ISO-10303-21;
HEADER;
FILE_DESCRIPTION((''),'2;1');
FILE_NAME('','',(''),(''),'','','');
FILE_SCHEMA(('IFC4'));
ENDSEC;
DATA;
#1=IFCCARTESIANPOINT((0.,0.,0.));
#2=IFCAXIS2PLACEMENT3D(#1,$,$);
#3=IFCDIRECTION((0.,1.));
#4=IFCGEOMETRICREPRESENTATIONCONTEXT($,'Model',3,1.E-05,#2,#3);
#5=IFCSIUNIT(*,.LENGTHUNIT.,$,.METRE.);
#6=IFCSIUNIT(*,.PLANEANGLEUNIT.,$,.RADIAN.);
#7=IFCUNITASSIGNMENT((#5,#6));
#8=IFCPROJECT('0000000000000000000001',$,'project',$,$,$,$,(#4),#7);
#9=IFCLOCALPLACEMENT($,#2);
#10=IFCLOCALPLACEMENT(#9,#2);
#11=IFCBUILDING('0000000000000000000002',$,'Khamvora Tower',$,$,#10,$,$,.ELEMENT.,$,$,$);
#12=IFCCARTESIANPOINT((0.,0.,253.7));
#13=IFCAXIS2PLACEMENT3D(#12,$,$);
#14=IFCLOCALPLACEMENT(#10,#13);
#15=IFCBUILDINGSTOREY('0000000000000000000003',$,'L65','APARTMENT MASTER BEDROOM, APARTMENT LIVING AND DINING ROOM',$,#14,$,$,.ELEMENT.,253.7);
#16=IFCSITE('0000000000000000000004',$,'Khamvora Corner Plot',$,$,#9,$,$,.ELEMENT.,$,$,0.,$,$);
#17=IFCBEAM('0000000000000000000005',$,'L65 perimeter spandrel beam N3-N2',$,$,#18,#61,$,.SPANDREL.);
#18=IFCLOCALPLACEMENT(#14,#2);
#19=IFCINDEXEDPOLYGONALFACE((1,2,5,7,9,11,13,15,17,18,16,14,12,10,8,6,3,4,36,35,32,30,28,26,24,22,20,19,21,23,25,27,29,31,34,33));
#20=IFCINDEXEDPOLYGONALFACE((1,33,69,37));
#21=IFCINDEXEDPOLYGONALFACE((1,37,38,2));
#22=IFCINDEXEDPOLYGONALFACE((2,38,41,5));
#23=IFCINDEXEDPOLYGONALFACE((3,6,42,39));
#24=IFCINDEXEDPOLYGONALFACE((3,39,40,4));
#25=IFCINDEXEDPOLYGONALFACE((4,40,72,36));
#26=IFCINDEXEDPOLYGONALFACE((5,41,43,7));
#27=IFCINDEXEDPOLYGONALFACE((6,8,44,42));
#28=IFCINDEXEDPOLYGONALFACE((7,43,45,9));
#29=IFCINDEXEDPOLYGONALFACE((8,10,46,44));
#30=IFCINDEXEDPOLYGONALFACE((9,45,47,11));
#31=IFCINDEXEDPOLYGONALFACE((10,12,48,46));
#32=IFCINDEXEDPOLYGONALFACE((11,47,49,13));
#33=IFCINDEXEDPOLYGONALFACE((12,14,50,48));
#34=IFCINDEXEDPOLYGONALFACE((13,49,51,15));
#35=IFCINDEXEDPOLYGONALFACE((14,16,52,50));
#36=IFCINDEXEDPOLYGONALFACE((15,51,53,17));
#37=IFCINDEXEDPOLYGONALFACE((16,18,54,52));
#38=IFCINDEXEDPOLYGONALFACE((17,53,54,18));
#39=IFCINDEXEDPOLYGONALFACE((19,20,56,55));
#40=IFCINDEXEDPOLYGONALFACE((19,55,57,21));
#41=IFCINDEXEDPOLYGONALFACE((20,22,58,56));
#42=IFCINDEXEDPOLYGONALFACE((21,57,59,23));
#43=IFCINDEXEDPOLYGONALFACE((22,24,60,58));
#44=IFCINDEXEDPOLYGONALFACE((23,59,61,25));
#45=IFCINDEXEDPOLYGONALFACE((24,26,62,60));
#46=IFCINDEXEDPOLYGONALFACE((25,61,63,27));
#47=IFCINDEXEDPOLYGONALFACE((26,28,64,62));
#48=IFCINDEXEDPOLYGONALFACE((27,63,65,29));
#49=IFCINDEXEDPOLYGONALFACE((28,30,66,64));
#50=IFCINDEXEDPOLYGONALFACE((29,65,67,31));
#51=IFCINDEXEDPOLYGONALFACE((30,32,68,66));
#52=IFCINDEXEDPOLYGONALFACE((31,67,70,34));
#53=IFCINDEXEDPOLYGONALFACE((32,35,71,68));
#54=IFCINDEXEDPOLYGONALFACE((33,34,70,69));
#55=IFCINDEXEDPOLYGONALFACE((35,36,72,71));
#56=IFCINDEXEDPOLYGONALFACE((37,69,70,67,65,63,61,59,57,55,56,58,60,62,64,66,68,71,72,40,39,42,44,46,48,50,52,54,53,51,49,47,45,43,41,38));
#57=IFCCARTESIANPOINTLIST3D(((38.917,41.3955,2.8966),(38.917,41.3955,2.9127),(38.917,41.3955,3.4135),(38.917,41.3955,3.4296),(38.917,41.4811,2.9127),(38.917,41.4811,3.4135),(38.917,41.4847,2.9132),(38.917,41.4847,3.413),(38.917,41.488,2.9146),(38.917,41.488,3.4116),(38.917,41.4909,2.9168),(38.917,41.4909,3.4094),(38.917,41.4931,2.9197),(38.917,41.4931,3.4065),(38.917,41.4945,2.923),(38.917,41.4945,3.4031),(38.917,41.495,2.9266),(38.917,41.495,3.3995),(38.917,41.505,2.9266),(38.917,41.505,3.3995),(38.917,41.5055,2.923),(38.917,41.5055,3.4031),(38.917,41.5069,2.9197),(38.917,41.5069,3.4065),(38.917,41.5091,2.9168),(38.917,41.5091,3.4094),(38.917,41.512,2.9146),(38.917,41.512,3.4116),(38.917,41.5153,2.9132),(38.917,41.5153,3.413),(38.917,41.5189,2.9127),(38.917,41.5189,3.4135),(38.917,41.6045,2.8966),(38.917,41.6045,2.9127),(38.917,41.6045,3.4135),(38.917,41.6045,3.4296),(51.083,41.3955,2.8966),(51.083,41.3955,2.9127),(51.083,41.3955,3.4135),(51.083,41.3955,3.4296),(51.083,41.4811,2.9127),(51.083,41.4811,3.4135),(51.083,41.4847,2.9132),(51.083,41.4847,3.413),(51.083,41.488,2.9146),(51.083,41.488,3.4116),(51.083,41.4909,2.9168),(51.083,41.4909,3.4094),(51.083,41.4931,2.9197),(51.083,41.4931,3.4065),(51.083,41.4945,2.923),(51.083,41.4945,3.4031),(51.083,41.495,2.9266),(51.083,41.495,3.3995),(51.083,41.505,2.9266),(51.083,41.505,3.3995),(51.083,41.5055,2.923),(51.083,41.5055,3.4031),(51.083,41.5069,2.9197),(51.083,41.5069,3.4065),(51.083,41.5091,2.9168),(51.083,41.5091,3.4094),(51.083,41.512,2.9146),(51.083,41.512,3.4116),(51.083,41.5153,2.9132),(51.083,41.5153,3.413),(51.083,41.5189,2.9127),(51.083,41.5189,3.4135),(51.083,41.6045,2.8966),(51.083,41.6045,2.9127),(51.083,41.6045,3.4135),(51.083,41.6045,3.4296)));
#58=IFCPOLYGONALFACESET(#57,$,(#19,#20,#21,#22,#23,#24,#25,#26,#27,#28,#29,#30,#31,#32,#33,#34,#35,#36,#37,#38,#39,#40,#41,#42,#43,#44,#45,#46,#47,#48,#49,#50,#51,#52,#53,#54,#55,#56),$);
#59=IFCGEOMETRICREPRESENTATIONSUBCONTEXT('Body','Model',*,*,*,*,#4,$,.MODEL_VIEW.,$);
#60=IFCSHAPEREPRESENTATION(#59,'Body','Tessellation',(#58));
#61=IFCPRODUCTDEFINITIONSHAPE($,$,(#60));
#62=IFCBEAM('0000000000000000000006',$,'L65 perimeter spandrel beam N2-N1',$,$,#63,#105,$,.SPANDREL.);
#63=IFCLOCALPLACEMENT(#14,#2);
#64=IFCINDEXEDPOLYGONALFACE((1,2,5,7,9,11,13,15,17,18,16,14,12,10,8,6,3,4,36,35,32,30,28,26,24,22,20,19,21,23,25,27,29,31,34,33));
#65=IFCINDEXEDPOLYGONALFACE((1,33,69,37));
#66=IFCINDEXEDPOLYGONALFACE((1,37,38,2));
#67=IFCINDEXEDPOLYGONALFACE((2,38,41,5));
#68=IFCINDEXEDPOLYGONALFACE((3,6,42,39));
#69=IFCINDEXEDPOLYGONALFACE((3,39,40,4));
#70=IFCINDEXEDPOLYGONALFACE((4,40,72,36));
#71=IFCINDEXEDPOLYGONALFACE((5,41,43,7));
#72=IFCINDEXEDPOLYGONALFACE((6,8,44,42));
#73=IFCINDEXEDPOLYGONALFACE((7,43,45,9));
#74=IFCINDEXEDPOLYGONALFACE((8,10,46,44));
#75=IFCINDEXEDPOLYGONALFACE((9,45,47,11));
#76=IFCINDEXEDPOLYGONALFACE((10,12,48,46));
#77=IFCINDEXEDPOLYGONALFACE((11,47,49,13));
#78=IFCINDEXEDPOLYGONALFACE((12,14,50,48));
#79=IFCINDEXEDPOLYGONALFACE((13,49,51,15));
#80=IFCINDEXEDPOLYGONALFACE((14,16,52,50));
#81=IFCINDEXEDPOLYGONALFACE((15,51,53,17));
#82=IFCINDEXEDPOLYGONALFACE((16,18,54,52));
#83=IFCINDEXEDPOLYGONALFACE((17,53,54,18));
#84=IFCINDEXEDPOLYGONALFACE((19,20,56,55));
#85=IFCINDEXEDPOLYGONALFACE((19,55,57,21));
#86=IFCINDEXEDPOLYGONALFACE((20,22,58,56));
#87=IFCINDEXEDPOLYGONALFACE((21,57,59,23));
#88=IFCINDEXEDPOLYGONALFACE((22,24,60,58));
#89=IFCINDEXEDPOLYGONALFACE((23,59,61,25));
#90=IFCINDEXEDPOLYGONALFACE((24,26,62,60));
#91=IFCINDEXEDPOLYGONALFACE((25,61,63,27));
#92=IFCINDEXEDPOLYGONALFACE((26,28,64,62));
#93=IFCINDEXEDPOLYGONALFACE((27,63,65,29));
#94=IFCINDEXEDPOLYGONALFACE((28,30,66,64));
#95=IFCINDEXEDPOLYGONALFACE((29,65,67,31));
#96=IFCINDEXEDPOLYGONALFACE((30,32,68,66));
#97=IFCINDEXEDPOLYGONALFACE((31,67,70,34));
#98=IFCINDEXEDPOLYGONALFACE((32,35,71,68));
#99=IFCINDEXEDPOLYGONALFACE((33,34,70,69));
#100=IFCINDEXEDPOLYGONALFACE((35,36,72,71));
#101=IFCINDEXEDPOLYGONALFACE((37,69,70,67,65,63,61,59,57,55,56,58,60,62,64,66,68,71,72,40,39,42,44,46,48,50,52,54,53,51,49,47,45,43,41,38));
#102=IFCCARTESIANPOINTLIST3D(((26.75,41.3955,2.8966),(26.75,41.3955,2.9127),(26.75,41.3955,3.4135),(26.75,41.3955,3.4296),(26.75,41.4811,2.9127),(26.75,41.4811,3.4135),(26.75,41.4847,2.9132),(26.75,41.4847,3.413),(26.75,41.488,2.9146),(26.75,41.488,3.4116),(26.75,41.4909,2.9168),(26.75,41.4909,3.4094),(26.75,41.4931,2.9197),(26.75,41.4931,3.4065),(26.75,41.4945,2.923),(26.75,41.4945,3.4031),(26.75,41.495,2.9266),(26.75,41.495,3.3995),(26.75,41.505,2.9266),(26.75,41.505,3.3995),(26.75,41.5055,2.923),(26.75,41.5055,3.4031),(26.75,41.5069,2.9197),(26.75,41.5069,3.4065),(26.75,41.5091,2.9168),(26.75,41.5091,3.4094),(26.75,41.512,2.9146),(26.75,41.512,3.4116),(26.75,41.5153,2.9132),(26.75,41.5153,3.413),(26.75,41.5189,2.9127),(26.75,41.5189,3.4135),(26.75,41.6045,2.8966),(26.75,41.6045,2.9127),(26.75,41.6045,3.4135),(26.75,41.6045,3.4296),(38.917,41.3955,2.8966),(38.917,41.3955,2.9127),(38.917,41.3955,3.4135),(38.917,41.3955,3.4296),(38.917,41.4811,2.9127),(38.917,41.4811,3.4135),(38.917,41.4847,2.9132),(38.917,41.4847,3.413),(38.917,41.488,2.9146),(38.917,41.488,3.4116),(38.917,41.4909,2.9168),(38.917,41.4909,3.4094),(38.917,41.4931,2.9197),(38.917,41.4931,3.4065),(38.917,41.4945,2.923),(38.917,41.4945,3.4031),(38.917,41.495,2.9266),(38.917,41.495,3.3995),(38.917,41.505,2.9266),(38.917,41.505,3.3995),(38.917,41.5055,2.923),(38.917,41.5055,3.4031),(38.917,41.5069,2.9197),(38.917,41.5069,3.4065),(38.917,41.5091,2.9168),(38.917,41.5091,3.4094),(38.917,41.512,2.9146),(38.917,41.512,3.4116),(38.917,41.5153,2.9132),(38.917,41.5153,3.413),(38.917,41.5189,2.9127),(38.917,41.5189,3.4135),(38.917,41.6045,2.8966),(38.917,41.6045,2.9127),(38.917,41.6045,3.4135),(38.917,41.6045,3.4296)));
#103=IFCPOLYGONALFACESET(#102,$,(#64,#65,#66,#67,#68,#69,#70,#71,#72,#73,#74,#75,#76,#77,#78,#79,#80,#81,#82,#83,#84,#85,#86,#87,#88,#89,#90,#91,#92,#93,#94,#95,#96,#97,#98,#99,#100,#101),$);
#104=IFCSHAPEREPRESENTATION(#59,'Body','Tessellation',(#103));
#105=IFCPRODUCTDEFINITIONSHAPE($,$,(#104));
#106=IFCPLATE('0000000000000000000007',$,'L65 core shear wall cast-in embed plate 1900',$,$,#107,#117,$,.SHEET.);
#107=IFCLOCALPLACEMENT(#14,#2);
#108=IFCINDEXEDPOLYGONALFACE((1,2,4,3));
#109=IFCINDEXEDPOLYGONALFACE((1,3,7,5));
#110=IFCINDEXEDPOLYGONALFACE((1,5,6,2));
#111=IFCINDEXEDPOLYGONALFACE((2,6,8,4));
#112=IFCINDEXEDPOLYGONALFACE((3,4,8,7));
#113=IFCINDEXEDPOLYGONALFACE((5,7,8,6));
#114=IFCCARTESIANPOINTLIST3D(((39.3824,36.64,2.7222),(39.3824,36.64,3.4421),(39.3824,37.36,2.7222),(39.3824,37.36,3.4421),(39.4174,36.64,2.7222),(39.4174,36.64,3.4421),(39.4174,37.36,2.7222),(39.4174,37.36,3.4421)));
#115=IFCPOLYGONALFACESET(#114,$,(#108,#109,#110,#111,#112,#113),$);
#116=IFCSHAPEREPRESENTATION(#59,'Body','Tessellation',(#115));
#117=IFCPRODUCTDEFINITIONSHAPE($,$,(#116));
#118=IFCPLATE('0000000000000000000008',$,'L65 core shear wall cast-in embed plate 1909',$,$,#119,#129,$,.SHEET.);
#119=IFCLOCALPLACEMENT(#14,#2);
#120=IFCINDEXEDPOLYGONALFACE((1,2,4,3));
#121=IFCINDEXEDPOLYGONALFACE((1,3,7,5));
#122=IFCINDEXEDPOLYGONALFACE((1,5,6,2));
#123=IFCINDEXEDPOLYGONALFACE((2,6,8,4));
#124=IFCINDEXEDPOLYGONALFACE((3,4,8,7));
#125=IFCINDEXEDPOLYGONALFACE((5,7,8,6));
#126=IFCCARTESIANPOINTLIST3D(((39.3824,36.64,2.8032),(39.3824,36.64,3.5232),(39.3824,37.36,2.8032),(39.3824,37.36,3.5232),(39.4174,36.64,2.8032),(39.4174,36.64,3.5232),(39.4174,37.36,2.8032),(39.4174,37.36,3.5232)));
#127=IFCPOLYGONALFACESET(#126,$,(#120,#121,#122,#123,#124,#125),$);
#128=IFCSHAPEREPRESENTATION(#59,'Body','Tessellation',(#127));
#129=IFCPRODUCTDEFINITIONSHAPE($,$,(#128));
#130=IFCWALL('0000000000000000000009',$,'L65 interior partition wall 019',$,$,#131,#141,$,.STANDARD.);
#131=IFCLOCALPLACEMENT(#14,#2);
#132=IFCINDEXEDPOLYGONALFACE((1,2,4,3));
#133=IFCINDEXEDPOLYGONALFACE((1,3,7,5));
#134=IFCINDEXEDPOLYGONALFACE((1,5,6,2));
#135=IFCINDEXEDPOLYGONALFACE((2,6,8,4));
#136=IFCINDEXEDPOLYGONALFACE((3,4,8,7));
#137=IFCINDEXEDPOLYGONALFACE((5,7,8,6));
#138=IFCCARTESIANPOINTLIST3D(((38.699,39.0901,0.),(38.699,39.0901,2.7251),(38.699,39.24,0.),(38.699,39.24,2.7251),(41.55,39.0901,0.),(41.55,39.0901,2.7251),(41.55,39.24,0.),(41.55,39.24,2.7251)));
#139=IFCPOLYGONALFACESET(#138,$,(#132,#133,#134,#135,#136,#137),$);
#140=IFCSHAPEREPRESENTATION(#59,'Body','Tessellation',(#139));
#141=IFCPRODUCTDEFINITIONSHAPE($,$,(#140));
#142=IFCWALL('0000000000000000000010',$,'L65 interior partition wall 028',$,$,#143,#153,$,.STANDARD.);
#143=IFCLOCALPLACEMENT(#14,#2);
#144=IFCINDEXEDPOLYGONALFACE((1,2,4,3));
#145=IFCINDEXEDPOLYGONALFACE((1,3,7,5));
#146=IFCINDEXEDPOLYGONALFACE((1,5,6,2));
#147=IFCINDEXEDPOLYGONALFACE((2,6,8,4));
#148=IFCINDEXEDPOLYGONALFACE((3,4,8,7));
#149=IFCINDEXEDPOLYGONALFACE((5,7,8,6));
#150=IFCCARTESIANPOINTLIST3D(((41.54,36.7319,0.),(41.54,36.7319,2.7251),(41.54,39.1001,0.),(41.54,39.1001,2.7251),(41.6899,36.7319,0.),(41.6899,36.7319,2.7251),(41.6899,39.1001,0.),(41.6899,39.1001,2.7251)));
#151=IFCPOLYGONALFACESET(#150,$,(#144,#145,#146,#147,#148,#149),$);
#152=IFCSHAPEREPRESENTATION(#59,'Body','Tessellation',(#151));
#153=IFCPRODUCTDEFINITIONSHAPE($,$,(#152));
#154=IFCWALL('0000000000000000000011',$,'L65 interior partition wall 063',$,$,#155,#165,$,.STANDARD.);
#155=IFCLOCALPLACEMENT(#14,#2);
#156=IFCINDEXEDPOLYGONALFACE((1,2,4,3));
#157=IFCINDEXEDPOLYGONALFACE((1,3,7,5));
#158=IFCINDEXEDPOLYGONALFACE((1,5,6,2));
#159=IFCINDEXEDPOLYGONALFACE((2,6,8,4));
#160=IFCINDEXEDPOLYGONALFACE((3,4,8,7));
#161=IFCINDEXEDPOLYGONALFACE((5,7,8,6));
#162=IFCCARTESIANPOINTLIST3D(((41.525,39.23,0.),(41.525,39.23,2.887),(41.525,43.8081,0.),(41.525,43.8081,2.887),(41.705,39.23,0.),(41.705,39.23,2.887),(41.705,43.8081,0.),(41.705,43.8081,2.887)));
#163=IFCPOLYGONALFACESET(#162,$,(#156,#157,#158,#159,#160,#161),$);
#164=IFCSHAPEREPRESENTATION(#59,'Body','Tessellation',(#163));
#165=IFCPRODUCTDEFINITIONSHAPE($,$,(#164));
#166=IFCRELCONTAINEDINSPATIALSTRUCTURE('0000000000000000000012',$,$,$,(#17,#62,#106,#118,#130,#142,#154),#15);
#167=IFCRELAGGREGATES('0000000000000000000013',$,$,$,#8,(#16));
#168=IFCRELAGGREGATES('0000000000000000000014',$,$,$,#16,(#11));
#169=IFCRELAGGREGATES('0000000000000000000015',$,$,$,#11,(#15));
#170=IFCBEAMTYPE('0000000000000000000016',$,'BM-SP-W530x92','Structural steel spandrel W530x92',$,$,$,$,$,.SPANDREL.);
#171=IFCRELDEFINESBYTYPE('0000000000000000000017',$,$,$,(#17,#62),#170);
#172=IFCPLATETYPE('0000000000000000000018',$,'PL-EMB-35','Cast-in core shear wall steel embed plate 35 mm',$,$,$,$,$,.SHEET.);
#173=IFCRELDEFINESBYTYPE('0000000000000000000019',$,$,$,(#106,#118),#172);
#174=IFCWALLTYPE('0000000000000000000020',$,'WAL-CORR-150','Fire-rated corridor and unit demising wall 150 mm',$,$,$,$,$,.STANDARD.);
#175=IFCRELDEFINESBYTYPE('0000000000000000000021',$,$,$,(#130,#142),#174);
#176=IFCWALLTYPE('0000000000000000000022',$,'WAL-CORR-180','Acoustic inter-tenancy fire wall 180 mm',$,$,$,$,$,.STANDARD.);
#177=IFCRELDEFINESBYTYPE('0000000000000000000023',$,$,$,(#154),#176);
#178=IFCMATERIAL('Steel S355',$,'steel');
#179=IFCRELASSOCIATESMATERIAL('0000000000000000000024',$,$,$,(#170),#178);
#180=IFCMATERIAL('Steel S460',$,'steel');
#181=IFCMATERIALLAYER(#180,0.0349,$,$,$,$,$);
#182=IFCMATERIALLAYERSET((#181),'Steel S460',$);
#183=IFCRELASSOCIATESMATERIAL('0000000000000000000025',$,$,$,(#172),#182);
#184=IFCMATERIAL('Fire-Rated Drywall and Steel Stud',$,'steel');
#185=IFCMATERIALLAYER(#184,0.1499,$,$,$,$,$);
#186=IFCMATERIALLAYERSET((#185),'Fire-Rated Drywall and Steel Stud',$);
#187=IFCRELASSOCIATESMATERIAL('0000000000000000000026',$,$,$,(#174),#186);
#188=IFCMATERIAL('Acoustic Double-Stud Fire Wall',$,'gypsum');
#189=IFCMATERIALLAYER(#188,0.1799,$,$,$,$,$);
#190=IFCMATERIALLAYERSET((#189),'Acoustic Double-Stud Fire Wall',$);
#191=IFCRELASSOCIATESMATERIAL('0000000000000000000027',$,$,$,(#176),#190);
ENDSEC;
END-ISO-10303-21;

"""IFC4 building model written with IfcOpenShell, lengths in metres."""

from ifc_helpers import new_model, si_unit, direction, frame, frame_2d, origin, origin_2d, place, context, subcontext, project, spatial, rectangle, i_section, extrude, material, layer, layer_set, material_profile, profile_set, type_object, element, save


model = new_model("IFC4")

# Units and contexts
model_context = context("Model", 3, precision=1e-05, world=origin(), true_north=direction((0.0, 1.0)))
body_context = subcontext(model_context, "Body", "Model", "MODEL_VIEW")
ifc_project = project(units=[si_unit("LENGTHUNIT", "METRE"), si_unit("PLANEANGLEUNIT", "RADIAN")], contexts=[model_context])

# Site, building, storey
site_placement = place(None, origin())
site = spatial("IfcSite", under=ifc_project, at=site_placement, Name="Khamvora Corner Plot", CompositionType="ELEMENT", RefElevation=0.0)
building_placement = place(site_placement, origin())
building = spatial("IfcBuilding", under=site, at=building_placement, Name="Khamvora Tower", CompositionType="ELEMENT")
storey_placement = place(building_placement, frame((0.0, 0.0, 253.7)))
storey = spatial("IfcBuildingStorey", under=building, at=storey_placement, Name="L65", Description="APARTMENT MASTER BEDROOM, APARTMENT LIVING AND DINING ROOM", CompositionType="ELEMENT", Elevation=253.7)

# Shared definitions
ifc_material_1 = material(Name="Steel S355", Category="steel")

# Beams
ifc_material_profile_1 = material_profile(ifc_material_1, i_section(OverallWidth=0.209, OverallDepth=0.533, WebThickness=0.01, FlangeThickness=0.0161, FilletRadius=0.0139, at=origin_2d()), Name="W530x92")
ifc_profile_set_1 = profile_set([ifc_material_profile_1], Name="Steel S355")
beam_type_1 = type_object("IfcBeamType", Name="BM-SP-W530x92", Description="Structural steel spandrel W530x92", PredefinedType="SPANDREL", material=ifc_profile_set_1)
beam_1_placement = place(storey_placement, frame((51.083, 41.5, 3.1631), z_axis=(-1.0, 0.0, 0.0), x_axis=(0.0, -1.0, 0.0)))
element("IfcBeam", 1, at=beam_1_placement, inside=storey, type_object=beam_type_1, Name="L65 perimeter spandrel beam N3-N2", PredefinedType="SPANDREL", context=body_context, shape_type="SweptSolid", body=[
    extrude(i_section(OverallWidth=0.209, OverallDepth=0.533, WebThickness=0.01, FlangeThickness=0.0161, FilletRadius=0.0139, at=origin_2d()), origin(), (0.0, 0.0, 1.0), 12.166),
])
beam_2_placement = place(storey_placement, frame((38.917, 41.5, 3.1631), z_axis=(-1.0, 0.0, 0.0), x_axis=(0.0, -1.0, 0.0)))
element("IfcBeam", 2, at=beam_2_placement, inside=storey, type_object=beam_type_1, Name="L65 perimeter spandrel beam N2-N1", PredefinedType="SPANDREL", context=body_context, shape_type="SweptSolid", body=[
    extrude(i_section(OverallWidth=0.209, OverallDepth=0.533, WebThickness=0.01, FlangeThickness=0.0161, FilletRadius=0.0139, at=origin_2d()), origin(), (0.0, 0.0, 1.0), 12.167),
])

# Plates
ifc_material_2 = material(Name="Steel S460", Category="steel")
ifc_layer_1 = layer(ifc_material_2, 0.0349)
ifc_layer_set_1 = layer_set([ifc_layer_1], Name="Steel S460")
plate_type = type_object("IfcPlateType", Name="PL-EMB-35", Description="Cast-in core shear wall steel embed plate 35 mm", PredefinedType="SHEET", material=ifc_layer_set_1)
for number, where, z_axis, x_axis, name in (
    (3, (39.3999, 37.0, 2.7222), (0.0, 0.0, 1.0), (1.0, 0.0, 0.0), "L65 core shear wall cast-in embed plate 1900"),
    (4, (39.3999, 37.0, 2.8032), (0.0, 0.0, 1.0), (1.0, 0.0, 0.0), "L65 core shear wall cast-in embed plate 1909"),
):
    element("IfcPlate", number, at=place(storey_placement, frame(where, z_axis=z_axis, x_axis=x_axis)), inside=storey, type_object=plate_type, Name=name, PredefinedType="SHEET", context=body_context, shape_type="SweptSolid", body=[
        extrude(rectangle(XDim=0.0349, YDim=0.72, at=origin_2d()), origin(), (0.0, 0.0, 1.0), 0.72),
    ])

# Walls
ifc_material_3 = material(Name="Fire-Rated Drywall and Steel Stud", Category="steel")
ifc_layer_2 = layer(ifc_material_3, 0.1499)
ifc_layer_set_2 = layer_set([ifc_layer_2], Name="Fire-Rated Drywall and Steel Stud")
wall_type_1 = type_object("IfcWallType", Name="WAL-CORR-150", Description="Fire-rated corridor and unit demising wall 150 mm", PredefinedType="STANDARD", material=ifc_layer_set_2)
wall_1_placement = place(storey_placement, frame((38.699, 39.165, 0.0), z_axis=(0.0, 0.0, 1.0), x_axis=(1.0, 0.0, 0.0)))
element("IfcWall", 5, at=wall_1_placement, inside=storey, type_object=wall_type_1, Name="L65 interior partition wall 019", PredefinedType="STANDARD", context=body_context, shape_type="SweptSolid", body=[
    extrude(rectangle(XDim=2.8511, YDim=0.1499, at=frame_2d((1.4255, 0.0))), origin(), (0.0, 0.0, 1.0), 2.7251),
])
wall_2_placement = place(storey_placement, frame((41.615, 39.1001, 0.0), z_axis=(0.0, 0.0, 1.0), x_axis=(0.0, -1.0, 0.0)))
element("IfcWall", 6, at=wall_2_placement, inside=storey, type_object=wall_type_1, Name="L65 interior partition wall 028", PredefinedType="STANDARD", context=body_context, shape_type="SweptSolid", body=[
    extrude(rectangle(XDim=2.3682, YDim=0.1499, at=frame_2d((1.1841, 0.0))), origin(), (0.0, 0.0, 1.0), 2.7251),
])
ifc_material_4 = material(Name="Acoustic Double-Stud Fire Wall", Category="gypsum")
ifc_layer_3 = layer(ifc_material_4, 0.1799)
ifc_layer_set_3 = layer_set([ifc_layer_3], Name="Acoustic Double-Stud Fire Wall")
wall_type_2 = type_object("IfcWallType", Name="WAL-CORR-180", Description="Acoustic inter-tenancy fire wall 180 mm", PredefinedType="STANDARD", material=ifc_layer_set_3)
wall_3_placement = place(storey_placement, frame((41.615, 43.8081, 0.0), z_axis=(0.0, 0.0, 1.0), x_axis=(0.0, -1.0, 0.0)))
element("IfcWall", 7, at=wall_3_placement, inside=storey, type_object=wall_type_2, Name="L65 interior partition wall 063", PredefinedType="STANDARD", context=body_context, shape_type="SweptSolid", body=[
    extrude(rectangle(XDim=4.5781, YDim=0.1799, at=frame_2d((2.2891, 0.0))), origin(), (0.0, 0.0, 1.0), 2.887),
])

save(model, "model.ifc")
